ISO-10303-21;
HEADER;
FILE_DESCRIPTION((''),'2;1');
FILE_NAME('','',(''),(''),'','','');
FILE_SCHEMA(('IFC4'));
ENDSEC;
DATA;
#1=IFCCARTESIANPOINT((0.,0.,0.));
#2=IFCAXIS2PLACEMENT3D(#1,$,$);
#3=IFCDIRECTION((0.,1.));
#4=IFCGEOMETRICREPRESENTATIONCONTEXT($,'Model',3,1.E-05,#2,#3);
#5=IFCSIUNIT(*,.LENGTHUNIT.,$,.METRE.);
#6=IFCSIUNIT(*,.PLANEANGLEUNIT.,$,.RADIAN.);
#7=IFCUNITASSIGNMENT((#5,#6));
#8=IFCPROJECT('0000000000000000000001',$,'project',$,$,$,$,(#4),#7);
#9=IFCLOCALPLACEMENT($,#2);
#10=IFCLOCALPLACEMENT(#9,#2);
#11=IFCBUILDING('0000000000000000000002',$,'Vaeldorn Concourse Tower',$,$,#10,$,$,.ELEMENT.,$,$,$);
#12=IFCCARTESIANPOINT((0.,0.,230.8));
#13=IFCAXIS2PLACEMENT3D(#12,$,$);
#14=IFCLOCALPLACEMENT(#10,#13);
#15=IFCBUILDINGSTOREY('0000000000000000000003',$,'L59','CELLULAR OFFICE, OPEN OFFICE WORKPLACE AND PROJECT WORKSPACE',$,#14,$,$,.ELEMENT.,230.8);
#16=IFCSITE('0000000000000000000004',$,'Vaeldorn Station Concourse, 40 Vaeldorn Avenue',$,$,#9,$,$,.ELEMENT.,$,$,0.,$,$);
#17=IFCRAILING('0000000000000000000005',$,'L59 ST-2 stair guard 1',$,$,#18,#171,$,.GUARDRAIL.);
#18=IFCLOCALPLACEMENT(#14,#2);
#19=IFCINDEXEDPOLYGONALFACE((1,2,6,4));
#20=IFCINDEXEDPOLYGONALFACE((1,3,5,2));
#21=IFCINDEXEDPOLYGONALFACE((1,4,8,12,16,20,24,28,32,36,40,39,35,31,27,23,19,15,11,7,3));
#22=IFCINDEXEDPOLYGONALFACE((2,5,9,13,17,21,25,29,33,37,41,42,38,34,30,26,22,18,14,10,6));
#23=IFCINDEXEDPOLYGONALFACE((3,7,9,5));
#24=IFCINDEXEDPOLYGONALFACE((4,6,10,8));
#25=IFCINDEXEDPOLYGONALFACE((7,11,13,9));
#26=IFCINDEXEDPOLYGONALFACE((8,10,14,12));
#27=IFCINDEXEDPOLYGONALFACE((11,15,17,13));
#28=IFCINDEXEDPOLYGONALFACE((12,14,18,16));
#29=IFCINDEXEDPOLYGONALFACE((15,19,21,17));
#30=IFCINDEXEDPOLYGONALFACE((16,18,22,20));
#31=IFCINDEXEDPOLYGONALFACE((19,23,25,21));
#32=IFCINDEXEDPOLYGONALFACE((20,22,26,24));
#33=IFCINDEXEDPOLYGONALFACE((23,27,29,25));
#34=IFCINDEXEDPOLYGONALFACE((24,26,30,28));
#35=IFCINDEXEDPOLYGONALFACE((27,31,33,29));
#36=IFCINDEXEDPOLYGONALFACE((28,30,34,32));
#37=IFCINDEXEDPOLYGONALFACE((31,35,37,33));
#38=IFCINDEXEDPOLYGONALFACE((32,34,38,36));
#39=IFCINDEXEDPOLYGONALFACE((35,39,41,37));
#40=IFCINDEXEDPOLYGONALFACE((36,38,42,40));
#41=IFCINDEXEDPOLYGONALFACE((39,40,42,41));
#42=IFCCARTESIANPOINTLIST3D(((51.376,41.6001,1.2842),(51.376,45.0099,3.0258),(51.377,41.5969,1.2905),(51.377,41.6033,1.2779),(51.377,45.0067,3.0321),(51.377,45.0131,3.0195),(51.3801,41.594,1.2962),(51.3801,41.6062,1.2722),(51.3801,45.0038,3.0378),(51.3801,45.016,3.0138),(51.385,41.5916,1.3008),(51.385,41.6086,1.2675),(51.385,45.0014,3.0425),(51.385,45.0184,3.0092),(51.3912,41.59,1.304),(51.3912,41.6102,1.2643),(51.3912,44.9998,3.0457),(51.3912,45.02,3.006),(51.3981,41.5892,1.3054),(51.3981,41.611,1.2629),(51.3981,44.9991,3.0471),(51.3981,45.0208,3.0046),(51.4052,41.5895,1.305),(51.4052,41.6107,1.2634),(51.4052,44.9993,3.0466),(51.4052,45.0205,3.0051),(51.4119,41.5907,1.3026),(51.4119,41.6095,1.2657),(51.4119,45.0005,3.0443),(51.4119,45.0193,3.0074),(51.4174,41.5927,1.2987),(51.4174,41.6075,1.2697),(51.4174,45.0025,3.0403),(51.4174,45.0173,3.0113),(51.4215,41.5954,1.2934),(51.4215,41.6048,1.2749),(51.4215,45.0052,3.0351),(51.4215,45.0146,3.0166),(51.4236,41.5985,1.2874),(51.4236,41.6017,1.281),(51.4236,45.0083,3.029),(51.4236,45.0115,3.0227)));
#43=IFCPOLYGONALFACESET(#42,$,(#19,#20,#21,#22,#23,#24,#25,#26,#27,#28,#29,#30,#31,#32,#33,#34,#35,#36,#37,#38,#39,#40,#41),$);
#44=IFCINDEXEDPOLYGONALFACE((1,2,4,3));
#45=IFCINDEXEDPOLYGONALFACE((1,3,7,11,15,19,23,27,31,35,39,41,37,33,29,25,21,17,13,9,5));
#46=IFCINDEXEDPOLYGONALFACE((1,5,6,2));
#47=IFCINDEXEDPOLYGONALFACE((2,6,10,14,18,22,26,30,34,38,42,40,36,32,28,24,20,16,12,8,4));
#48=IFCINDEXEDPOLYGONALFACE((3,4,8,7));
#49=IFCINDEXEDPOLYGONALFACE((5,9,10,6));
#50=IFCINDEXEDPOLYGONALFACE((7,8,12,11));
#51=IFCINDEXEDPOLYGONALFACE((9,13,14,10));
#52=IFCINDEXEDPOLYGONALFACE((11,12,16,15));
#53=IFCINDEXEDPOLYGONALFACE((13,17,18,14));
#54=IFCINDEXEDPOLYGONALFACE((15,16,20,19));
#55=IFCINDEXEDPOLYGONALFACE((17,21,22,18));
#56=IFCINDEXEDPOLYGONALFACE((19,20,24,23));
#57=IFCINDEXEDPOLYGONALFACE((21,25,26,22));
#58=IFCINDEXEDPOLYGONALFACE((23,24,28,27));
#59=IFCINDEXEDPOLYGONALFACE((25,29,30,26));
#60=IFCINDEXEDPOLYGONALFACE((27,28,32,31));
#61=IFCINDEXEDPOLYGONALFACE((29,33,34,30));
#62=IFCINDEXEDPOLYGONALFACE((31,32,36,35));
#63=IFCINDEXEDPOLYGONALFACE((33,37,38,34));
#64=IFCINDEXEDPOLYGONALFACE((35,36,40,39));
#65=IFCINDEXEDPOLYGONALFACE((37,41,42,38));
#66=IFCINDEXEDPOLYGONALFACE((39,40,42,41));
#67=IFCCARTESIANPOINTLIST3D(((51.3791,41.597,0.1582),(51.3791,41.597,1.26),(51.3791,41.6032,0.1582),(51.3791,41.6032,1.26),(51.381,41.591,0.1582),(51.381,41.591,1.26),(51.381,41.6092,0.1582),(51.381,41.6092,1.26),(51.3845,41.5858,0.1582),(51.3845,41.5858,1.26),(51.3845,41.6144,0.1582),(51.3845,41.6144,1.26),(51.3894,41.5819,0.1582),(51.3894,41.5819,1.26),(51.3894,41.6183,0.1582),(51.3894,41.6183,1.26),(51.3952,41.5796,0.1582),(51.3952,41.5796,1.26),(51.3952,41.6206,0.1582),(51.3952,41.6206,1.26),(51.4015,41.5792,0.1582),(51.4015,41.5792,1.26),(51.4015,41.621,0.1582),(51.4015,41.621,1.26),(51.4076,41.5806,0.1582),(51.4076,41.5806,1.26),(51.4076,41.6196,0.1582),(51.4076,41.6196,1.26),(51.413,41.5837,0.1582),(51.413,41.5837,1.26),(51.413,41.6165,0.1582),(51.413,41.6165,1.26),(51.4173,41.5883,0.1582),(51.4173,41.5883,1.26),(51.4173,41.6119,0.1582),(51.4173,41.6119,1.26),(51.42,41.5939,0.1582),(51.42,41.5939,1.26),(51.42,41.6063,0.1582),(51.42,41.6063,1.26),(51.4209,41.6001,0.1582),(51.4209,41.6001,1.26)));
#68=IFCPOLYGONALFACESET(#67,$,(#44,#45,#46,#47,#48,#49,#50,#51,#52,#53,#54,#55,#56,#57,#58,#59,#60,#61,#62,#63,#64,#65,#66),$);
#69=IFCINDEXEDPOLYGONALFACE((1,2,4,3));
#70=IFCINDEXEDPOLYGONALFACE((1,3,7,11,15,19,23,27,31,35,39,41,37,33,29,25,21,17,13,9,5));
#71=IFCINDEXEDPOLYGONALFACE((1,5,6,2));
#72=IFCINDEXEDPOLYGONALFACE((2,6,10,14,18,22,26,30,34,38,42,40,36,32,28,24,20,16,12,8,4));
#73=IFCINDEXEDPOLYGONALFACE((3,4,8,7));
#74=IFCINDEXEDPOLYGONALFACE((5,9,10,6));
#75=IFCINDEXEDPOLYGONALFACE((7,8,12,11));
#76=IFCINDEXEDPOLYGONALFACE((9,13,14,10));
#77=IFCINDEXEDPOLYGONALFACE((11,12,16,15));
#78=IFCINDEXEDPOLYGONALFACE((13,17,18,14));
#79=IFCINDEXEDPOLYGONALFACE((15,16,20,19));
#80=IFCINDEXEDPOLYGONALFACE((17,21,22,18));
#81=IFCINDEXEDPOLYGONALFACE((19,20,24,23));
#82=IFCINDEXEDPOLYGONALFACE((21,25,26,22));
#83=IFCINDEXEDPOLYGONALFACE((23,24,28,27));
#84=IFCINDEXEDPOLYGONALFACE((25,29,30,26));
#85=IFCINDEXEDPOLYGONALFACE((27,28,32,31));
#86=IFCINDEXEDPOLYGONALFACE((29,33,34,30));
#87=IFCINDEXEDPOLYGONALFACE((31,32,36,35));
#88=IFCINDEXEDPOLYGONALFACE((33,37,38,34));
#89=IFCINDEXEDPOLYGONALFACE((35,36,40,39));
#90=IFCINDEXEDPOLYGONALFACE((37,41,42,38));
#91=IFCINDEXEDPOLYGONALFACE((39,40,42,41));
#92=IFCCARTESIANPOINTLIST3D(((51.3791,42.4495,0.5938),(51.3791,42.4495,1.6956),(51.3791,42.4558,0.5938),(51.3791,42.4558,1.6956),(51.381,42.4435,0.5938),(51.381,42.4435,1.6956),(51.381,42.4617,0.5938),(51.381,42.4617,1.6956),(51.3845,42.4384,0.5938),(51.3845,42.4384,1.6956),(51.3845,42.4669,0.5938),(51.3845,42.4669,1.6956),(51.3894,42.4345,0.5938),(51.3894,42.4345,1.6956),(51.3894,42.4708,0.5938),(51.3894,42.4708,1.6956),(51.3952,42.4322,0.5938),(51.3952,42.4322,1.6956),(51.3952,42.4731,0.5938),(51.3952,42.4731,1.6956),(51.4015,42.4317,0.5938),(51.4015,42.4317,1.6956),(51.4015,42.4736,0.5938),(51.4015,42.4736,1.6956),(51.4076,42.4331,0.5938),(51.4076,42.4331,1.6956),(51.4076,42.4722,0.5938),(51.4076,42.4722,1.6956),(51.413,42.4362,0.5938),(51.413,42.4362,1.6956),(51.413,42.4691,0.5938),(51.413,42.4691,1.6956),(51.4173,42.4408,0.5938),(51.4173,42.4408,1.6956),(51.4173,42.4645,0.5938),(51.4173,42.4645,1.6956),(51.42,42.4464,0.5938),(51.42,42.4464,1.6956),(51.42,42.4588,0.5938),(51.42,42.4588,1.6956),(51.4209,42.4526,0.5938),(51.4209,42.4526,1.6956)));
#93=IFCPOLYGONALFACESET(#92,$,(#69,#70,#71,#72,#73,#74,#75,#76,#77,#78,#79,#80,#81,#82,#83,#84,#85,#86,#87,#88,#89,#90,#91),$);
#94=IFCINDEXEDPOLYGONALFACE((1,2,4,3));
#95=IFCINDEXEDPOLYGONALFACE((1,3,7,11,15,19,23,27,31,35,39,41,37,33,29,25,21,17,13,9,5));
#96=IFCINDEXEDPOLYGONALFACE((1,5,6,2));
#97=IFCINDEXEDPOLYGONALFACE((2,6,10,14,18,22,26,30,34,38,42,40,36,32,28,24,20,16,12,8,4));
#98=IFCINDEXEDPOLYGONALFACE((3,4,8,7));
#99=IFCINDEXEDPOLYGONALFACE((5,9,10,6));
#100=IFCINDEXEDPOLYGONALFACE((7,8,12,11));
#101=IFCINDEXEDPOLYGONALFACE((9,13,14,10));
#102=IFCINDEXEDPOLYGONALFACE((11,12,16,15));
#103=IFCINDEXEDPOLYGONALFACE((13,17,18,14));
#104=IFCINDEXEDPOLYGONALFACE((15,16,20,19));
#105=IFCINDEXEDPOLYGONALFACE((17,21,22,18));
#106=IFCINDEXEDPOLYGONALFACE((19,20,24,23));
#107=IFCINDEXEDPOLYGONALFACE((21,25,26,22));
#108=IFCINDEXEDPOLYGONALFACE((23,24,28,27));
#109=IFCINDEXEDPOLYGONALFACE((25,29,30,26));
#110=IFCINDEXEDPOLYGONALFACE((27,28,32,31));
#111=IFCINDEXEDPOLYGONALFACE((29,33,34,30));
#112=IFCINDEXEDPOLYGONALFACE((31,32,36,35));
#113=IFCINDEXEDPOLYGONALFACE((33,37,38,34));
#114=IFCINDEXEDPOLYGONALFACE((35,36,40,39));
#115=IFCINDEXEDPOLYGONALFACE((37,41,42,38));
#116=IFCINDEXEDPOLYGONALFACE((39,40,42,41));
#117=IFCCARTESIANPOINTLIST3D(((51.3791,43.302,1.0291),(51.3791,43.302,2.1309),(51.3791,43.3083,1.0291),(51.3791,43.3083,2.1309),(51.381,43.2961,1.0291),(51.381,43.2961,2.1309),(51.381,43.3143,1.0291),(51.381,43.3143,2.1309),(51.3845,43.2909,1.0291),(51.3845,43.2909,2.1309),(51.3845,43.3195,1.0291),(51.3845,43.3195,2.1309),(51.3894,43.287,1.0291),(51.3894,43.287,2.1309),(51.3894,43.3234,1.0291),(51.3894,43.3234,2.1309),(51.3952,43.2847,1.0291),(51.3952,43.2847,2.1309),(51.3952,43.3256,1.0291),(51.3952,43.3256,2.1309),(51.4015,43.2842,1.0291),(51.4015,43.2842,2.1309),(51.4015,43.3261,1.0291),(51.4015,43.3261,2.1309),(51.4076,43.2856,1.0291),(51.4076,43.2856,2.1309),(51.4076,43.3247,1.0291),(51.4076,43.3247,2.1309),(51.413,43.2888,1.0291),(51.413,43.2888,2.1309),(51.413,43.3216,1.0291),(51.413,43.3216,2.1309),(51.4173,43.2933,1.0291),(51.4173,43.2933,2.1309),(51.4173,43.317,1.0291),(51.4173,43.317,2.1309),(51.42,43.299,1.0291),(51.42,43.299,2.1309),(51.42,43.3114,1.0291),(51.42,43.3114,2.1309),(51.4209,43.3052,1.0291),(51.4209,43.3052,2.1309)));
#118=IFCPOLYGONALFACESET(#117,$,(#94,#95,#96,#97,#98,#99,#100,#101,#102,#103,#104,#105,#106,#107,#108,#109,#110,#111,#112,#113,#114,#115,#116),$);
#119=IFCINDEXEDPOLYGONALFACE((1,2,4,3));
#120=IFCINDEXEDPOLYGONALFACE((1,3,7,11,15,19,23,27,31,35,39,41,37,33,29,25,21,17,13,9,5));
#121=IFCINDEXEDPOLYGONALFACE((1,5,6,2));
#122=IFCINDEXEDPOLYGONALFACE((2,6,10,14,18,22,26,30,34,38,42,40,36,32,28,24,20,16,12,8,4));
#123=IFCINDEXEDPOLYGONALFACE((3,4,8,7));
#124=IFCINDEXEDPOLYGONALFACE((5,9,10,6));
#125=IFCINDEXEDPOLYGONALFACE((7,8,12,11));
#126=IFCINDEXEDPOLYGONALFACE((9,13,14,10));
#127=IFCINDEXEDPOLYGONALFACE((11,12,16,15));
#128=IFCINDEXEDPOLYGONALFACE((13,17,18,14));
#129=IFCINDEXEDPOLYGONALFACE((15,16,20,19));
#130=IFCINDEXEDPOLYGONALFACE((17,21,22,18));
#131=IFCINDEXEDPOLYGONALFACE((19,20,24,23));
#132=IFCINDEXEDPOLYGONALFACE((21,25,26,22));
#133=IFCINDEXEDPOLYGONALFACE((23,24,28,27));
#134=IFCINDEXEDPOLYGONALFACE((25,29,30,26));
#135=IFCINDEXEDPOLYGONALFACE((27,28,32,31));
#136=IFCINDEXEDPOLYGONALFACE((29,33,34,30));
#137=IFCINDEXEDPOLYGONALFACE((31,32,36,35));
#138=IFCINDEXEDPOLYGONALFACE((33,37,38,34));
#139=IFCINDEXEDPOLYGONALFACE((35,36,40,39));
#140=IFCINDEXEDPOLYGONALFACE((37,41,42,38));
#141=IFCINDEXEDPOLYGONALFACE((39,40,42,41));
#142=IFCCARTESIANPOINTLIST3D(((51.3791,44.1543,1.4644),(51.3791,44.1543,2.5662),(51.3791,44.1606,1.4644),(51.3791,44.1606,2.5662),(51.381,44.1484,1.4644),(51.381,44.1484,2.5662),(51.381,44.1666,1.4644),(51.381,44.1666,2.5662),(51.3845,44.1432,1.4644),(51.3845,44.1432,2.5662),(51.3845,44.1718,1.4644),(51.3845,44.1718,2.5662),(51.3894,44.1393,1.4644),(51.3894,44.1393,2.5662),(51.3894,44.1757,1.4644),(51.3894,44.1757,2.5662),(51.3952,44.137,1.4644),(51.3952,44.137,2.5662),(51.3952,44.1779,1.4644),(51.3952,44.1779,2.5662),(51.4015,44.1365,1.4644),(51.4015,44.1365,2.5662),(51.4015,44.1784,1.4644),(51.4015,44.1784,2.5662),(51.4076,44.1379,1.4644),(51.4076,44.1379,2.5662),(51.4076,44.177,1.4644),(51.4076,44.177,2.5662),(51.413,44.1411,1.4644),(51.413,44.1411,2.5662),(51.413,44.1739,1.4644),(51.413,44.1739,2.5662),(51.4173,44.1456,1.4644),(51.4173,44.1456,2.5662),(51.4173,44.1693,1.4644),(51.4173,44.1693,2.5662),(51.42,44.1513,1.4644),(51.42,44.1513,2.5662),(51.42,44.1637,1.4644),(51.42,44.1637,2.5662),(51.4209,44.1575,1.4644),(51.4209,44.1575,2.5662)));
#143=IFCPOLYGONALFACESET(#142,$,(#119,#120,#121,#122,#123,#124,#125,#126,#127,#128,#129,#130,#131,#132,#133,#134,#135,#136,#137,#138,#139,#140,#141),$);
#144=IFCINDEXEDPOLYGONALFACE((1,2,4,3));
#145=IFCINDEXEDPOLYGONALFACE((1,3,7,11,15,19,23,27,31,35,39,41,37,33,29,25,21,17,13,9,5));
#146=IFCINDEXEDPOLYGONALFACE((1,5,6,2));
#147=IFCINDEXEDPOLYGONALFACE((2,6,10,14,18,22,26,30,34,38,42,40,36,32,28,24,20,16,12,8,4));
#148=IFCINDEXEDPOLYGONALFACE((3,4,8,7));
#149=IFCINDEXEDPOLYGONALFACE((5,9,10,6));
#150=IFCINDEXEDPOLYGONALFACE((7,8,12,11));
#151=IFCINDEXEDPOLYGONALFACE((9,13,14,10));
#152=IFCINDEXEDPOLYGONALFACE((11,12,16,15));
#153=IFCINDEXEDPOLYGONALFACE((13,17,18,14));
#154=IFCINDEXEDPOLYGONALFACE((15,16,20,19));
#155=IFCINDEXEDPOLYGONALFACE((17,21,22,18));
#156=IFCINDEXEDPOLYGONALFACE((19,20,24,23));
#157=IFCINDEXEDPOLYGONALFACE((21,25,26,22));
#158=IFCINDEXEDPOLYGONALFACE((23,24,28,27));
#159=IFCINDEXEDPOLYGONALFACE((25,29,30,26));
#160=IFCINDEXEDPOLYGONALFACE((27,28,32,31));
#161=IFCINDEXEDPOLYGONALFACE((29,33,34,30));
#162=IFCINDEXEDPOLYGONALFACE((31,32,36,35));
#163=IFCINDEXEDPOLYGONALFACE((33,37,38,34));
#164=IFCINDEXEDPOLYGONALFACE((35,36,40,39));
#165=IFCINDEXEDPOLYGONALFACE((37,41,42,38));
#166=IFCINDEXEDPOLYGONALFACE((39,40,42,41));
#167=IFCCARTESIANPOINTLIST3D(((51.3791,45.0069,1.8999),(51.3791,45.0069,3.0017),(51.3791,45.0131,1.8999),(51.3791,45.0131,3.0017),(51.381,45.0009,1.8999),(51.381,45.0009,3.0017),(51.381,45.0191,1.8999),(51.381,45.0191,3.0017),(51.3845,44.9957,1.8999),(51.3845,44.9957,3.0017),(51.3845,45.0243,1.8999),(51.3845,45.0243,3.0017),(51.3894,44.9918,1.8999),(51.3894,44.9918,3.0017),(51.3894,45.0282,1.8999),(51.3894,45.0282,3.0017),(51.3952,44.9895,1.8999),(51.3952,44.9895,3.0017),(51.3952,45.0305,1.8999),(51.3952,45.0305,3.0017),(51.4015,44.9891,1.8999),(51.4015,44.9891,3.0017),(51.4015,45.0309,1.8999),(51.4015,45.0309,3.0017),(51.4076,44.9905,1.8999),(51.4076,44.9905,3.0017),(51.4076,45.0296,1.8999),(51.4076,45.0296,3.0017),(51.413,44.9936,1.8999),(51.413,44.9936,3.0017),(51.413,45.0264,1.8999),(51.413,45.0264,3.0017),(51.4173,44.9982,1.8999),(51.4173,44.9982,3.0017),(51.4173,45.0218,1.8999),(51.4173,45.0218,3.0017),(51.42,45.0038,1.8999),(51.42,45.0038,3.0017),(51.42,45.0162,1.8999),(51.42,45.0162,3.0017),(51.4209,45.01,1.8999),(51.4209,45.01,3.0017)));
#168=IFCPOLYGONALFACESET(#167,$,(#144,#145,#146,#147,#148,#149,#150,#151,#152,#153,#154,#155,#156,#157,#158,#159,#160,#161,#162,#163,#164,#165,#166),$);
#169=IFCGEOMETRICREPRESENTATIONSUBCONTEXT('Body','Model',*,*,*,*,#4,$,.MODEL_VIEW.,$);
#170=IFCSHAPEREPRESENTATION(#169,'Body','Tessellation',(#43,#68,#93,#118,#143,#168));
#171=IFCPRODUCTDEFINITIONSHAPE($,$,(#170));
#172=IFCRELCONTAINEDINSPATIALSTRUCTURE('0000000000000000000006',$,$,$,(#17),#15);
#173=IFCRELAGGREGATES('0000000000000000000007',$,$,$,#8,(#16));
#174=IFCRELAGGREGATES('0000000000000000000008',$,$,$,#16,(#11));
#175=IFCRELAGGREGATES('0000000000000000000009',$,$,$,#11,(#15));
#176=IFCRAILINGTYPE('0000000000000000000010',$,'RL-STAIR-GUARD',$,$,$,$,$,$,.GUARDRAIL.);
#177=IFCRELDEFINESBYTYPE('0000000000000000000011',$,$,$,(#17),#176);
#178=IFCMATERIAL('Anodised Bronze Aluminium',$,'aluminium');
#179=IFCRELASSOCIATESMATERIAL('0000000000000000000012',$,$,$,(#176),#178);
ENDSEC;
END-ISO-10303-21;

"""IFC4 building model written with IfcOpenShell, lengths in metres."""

from ifc_helpers import new_model, si_unit, direction, frame, origin, origin_2d, place, context, subcontext, project, spatial, circle, extrude, material, type_object, element, save


model = new_model("IFC4")

# Units and contexts
model_context = context("Model", 3, precision=1e-05, world=origin(), true_north=direction((0.0, 1.0)))
body_context = subcontext(model_context, "Body", "Model", "MODEL_VIEW")
ifc_project = project(units=[si_unit("LENGTHUNIT", "METRE"), si_unit("PLANEANGLEUNIT", "RADIAN")], contexts=[model_context])

# Site, building, storey
site_placement = place(None, origin())
site = spatial("IfcSite", under=ifc_project, at=site_placement, Name="Vaeldorn Station Concourse, 40 Vaeldorn Avenue", CompositionType="ELEMENT", RefElevation=0.0)
building_placement = place(site_placement, origin())
building = spatial("IfcBuilding", under=site, at=building_placement, Name="Vaeldorn Concourse Tower", CompositionType="ELEMENT")
storey_placement = place(building_placement, frame((0.0, 0.0, 230.8)))
storey = spatial("IfcBuildingStorey", under=building, at=storey_placement, Name="L59", Description="CELLULAR OFFICE, OPEN OFFICE WORKPLACE AND PROJECT WORKSPACE", CompositionType="ELEMENT", Elevation=230.8)

# Shared definitions
ifc_material_1 = material(Name="Anodised Bronze Aluminium", Category="aluminium")

# Railing
railing_type_1 = type_object("IfcRailingType", Name="RL-STAIR-GUARD", PredefinedType="GUARDRAIL", material=ifc_material_1)
railing_1_placement = place(storey_placement, frame((51.3999, 41.6001, 0.1582)))
element("IfcRailing", 1, at=railing_1_placement, inside=storey, type_object=railing_type_1, Name="L59 ST-2 stair guard 1", PredefinedType="GUARDRAIL", context=body_context, shape_type="SweptSolid", body=[
    extrude(circle(Radius=0.0239, at=origin_2d()), frame((0.0, 0.0, 1.126), z_axis=(0.0, 0.890556, 0.454874), x_axis=(-1.0, 0.0, 0.0)), (0.0, 0.0, 1.0), 3.8289),
    extrude(circle(Radius=0.021, at=origin_2d()), origin(), (0.0, 0.0, 1.0), 1.1018),
    extrude(circle(Radius=0.021, at=origin_2d()), frame((0.0, 0.8525, 0.4355)), (0.0, 0.0, 1.0), 1.1018),
    extrude(circle(Radius=0.021, at=origin_2d()), frame((0.0, 1.7051, 0.8708)), (0.0, 0.0, 1.0), 1.1018),
    extrude(circle(Radius=0.021, at=origin_2d()), frame((0.0, 2.5574, 1.3062)), (0.0, 0.0, 1.0), 1.1018),
    extrude(circle(Radius=0.021, at=origin_2d()), frame((0.0, 3.4099, 1.7417)), (0.0, 0.0, 1.0), 1.1018),
])

save(model, "model.ifc")
